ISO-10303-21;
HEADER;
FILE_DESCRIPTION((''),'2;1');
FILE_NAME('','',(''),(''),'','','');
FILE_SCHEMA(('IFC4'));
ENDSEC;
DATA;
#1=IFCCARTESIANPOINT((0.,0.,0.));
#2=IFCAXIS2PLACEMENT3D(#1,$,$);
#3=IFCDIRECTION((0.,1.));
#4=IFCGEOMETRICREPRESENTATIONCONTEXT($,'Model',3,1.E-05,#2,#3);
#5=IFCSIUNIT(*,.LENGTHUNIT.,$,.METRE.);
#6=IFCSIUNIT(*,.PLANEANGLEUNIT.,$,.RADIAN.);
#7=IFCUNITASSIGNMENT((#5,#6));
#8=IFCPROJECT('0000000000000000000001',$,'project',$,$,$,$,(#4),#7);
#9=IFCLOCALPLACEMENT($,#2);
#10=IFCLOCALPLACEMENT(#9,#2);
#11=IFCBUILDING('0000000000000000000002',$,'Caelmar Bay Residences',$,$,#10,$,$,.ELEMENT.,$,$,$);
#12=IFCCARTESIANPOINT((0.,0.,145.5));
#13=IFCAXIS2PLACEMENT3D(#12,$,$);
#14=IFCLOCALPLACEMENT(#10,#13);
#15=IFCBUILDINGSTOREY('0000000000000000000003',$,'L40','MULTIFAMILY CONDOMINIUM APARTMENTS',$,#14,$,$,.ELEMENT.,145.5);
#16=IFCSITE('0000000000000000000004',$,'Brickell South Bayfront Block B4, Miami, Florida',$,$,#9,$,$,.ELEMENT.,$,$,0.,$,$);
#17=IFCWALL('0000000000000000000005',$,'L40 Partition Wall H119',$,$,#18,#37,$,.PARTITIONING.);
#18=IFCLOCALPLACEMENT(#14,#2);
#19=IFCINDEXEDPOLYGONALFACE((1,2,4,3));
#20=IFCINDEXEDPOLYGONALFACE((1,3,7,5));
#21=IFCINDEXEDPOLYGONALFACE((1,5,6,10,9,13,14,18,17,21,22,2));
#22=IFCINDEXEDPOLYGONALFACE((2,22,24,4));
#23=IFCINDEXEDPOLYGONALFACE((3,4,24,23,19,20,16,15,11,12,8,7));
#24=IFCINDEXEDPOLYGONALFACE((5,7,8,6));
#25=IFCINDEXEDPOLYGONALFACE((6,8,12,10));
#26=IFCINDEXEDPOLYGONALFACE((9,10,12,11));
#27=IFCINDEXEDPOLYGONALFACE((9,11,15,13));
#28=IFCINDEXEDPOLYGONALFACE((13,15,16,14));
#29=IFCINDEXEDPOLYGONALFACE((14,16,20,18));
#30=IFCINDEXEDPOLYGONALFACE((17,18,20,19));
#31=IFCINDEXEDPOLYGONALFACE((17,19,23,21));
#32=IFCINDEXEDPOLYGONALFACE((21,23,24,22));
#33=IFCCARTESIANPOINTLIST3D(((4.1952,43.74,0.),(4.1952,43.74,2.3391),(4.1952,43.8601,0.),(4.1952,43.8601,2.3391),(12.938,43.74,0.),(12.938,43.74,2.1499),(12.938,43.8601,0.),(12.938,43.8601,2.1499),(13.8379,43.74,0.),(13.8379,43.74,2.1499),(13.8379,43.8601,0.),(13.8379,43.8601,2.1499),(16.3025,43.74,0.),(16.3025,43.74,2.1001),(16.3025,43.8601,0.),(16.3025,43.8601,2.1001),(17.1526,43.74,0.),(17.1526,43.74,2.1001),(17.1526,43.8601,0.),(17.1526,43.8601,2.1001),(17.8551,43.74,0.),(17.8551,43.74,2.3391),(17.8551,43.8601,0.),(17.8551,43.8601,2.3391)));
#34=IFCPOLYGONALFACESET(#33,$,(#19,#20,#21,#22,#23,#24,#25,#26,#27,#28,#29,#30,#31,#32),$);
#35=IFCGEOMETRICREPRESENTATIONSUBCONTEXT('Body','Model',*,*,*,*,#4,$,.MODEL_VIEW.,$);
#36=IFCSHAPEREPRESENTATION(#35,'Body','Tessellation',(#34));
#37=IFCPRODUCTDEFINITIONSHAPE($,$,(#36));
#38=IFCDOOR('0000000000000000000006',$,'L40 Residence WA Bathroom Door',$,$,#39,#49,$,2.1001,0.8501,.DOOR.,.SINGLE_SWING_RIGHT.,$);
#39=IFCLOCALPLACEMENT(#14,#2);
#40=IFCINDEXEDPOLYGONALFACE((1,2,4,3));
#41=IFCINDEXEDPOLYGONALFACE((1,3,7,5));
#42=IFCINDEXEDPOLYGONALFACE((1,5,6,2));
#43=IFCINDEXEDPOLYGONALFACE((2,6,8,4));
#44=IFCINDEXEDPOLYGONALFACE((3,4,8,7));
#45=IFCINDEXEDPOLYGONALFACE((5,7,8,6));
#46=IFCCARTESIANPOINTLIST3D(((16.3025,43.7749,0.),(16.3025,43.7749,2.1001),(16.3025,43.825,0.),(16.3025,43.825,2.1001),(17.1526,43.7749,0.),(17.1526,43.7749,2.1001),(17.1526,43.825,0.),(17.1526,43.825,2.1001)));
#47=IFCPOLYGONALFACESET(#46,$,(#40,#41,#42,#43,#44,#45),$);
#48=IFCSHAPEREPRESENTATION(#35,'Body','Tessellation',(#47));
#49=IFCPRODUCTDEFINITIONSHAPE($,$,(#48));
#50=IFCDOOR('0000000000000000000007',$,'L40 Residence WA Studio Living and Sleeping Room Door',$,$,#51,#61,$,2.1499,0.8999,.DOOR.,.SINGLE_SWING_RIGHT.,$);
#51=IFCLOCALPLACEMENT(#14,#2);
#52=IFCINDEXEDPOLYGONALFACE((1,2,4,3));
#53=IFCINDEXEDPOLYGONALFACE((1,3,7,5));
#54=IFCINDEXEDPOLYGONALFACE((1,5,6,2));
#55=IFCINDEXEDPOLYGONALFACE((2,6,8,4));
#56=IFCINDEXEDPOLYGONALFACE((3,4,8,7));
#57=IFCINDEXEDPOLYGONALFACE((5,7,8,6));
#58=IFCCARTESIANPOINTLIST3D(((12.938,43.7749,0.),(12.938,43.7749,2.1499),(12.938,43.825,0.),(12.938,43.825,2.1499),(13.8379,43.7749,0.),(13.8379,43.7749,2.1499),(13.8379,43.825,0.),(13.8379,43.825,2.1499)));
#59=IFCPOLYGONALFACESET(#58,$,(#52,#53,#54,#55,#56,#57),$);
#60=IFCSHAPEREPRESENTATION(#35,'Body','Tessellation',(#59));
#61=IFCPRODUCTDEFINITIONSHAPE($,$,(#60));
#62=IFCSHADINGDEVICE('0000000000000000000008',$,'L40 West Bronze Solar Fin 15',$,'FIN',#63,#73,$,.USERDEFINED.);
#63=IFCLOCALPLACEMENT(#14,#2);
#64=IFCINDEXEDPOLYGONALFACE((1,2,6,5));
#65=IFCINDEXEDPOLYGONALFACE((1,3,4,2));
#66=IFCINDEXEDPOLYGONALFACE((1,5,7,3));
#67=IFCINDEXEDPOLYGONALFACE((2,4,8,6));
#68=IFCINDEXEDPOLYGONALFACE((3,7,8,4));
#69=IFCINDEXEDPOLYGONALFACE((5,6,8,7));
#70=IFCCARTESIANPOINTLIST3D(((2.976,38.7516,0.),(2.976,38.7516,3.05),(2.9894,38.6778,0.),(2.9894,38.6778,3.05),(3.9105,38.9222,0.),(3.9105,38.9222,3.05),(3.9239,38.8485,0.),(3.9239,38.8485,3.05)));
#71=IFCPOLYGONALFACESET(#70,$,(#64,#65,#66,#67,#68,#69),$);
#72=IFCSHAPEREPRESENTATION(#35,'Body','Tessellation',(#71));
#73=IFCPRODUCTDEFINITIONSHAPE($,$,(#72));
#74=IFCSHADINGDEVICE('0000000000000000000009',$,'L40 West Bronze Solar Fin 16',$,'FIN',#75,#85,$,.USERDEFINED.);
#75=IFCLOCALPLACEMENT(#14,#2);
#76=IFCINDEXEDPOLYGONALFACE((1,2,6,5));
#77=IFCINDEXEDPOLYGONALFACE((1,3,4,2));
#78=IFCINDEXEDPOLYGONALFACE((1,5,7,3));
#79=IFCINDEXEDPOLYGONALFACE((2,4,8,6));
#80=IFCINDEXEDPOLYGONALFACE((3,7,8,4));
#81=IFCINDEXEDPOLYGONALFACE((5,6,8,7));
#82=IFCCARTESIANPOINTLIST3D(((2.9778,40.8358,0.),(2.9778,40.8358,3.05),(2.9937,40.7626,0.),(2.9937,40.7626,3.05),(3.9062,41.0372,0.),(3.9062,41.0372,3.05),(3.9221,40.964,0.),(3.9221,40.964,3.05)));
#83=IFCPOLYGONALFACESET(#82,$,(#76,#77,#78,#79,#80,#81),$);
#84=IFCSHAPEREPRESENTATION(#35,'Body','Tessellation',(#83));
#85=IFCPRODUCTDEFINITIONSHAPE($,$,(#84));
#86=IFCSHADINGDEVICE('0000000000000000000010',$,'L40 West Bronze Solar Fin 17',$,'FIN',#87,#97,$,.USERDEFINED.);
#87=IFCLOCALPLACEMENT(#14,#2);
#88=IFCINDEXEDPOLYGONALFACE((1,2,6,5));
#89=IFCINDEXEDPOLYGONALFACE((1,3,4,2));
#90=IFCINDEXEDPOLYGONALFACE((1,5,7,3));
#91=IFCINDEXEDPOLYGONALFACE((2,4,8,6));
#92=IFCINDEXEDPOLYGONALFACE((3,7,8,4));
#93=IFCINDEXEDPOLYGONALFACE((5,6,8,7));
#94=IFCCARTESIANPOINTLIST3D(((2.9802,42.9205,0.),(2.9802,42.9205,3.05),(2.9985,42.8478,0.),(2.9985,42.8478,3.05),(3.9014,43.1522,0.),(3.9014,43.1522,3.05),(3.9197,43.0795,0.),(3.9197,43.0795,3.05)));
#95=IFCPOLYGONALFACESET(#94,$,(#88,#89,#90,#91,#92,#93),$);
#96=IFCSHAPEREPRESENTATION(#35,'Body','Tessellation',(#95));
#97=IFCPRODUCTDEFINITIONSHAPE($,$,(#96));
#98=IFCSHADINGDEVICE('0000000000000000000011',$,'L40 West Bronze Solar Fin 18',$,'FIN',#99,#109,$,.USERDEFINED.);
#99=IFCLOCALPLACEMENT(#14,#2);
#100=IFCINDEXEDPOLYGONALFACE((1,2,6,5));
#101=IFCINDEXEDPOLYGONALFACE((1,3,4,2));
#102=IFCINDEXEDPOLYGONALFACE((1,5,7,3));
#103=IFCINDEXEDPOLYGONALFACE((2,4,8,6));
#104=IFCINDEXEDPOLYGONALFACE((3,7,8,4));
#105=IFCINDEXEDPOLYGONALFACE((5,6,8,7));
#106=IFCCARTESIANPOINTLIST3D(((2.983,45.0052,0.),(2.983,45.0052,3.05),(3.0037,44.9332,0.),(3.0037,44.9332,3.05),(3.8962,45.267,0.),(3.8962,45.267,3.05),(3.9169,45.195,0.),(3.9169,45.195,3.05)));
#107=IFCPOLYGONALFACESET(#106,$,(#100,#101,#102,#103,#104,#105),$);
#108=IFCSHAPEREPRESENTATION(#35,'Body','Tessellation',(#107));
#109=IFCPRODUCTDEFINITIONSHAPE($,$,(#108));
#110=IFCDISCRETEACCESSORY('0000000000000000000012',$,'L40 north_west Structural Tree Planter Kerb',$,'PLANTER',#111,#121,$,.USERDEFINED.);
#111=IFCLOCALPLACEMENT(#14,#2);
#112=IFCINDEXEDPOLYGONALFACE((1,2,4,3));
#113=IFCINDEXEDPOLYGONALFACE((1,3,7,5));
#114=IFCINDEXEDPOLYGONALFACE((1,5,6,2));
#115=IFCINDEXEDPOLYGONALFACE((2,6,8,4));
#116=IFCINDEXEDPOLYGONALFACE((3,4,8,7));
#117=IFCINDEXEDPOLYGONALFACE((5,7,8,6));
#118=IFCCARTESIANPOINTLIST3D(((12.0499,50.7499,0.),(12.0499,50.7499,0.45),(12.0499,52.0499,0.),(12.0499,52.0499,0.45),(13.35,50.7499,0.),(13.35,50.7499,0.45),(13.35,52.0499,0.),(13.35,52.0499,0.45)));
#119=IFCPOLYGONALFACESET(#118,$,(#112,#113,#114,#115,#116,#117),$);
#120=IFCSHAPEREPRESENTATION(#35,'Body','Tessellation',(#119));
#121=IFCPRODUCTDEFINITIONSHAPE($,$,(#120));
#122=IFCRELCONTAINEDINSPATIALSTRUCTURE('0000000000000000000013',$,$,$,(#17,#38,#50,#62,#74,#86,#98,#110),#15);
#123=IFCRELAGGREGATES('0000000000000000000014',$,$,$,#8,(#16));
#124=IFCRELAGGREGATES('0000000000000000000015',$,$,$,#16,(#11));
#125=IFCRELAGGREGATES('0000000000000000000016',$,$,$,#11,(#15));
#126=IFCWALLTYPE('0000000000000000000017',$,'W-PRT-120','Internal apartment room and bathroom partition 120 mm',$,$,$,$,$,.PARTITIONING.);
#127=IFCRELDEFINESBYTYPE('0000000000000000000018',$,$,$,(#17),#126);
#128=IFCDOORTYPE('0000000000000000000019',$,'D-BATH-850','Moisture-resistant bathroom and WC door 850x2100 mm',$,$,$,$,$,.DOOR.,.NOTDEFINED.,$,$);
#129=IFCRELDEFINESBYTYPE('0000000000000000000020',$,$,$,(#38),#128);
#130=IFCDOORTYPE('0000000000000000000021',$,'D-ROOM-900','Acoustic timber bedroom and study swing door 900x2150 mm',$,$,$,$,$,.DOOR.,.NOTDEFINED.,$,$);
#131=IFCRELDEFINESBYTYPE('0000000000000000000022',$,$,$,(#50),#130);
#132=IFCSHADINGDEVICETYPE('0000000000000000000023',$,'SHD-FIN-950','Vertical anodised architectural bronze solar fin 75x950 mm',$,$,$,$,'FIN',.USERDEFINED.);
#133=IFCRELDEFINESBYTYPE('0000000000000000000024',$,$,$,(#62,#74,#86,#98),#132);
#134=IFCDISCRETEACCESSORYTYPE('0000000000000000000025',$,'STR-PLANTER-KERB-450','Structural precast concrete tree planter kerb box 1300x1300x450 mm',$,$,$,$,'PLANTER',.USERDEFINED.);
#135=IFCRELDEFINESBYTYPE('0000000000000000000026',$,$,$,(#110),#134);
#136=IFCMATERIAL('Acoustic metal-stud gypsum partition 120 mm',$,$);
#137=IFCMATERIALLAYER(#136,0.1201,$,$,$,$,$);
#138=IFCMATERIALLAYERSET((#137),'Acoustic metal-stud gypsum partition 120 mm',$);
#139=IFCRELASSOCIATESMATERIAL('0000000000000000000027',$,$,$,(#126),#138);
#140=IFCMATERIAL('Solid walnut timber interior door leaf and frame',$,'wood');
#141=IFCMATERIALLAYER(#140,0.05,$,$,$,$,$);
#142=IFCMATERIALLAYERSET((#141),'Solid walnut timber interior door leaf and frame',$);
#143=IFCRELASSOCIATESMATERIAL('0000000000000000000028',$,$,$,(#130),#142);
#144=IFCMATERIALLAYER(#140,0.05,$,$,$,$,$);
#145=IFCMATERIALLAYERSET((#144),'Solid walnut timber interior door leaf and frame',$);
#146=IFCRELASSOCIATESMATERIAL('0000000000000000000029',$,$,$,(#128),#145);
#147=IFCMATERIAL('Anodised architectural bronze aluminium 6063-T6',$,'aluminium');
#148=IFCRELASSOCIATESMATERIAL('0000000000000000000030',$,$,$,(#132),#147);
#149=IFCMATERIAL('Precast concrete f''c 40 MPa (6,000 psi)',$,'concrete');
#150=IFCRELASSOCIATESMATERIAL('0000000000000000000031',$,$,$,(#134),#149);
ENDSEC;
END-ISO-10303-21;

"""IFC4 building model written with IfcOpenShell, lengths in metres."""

from ifc_helpers import new_model, si_unit, direction, frame, frame_2d, origin, origin_2d, place, context, subcontext, project, spatial, rectangle, extrude, material, layer, layer_set, material_profile, profile_set, type_object, element, fill, save


model = new_model("IFC4")

# Units and contexts
model_context = context("Model", 3, precision=1e-05, world=origin(), true_north=direction((0.0, 1.0)))
body_context = subcontext(model_context, "Body", "Model", "MODEL_VIEW")
ifc_project = project(units=[si_unit("LENGTHUNIT", "METRE"), si_unit("PLANEANGLEUNIT", "RADIAN")], contexts=[model_context])

# Site, building, storey
site_placement = place(None, origin())
site = spatial("IfcSite", under=ifc_project, at=site_placement, Name="Brickell South Bayfront Block B4, Miami, Florida", CompositionType="ELEMENT", RefElevation=0.0)
building_placement = place(site_placement, origin())
building = spatial("IfcBuilding", under=site, at=building_placement, Name="Caelmar Bay Residences", CompositionType="ELEMENT")
storey_placement = place(building_placement, frame((0.0, 0.0, 145.5)))
storey = spatial("IfcBuildingStorey", under=building, at=storey_placement, Name="L40", Description="MULTIFAMILY CONDOMINIUM APARTMENTS", CompositionType="ELEMENT", Elevation=145.5)

# Shared definitions
ifc_material_1 = material(Name="Precast concrete f'c 40 MPa (6,000 psi)", Category="concrete")

# Shared definitions
ifc_material_2 = material(Name="Acoustic metal-stud gypsum partition 120 mm")
ifc_layer_1 = layer(ifc_material_2, 0.1201)
ifc_layer_set_1 = layer_set([ifc_layer_1], Name="Acoustic metal-stud gypsum partition 120 mm")
wall_type_1 = type_object("IfcWallType", Name="W-PRT-120", Description="Internal apartment room and bathroom partition 120 mm", PredefinedType="PARTITIONING", material=ifc_layer_set_1)
ifc_material_3 = material(Name="Solid walnut timber interior door leaf and frame", Category="wood")
ifc_layer_2 = layer(ifc_material_3, 0.05)
ifc_layer_set_2 = layer_set([ifc_layer_2], Name="Solid walnut timber interior door leaf and frame")
door_type_1 = type_object("IfcDoorType", Name="D-ROOM-900", Description="Acoustic timber bedroom and study swing door 900x2150 mm", OperationType="NOTDEFINED", PredefinedType="DOOR", material=ifc_layer_set_2)

# Wall, openings, doors
wall_1_placement = place(storey_placement, frame((4.1951, 43.8, 0.0), z_axis=(0.0, 0.0, 1.0), x_axis=(1.0, 0.0, 0.0)))
wall_1 = element("IfcWall", 1, at=wall_1_placement, inside=storey, type_object=wall_type_1, Name="L40 Partition Wall H119", PredefinedType="PARTITIONING", context=body_context, shape_type="SweptSolid", body=[
    extrude(rectangle(XDim=13.6599, YDim=0.1201, at=frame_2d((6.8301, 0.0))), origin(), (0.0, 0.0, 1.0), 2.3391),
])
opening_1_placement = place(wall_1_placement, frame((8.7429, 0.0, 0.0)))
opening_1 = element("IfcOpeningElement", 2, at=opening_1_placement, cuts=wall_1, PredefinedType="OPENING", context=body_context, shape_type="SweptSolid", body=[
    extrude(rectangle(XDim=0.8999, YDim=2.1499, at=frame_2d((0.45, 1.075))), frame((0.0, 0.0701, 0.0), z_axis=(0.0, -1.0, 0.0), x_axis=(1.0, 0.0, 0.0)), (0.0, 0.0, 1.0), 0.1401),
])
opening_2_placement = place(wall_1_placement, frame((12.1074, 0.0, 0.0)))
opening_2 = element("IfcOpeningElement", 3, at=opening_2_placement, cuts=wall_1, PredefinedType="OPENING", context=body_context, shape_type="SweptSolid", body=[
    extrude(rectangle(XDim=0.8501, YDim=2.1001, at=frame_2d((0.425, 1.05))), frame((0.0, 0.0701, 0.0), z_axis=(0.0, -1.0, 0.0), x_axis=(1.0, 0.0, 0.0)), (0.0, 0.0, 1.0), 0.1401),
])
ifc_layer_3 = layer(ifc_material_3, 0.05)
ifc_layer_set_3 = layer_set([ifc_layer_3], Name="Solid walnut timber interior door leaf and frame")
door_type_2 = type_object("IfcDoorType", Name="D-BATH-850", Description="Moisture-resistant bathroom and WC door 850x2100 mm", OperationType="NOTDEFINED", PredefinedType="DOOR", material=ifc_layer_set_3)
door_1_placement = place(opening_2_placement, origin())
door_1 = element("IfcDoor", 4, at=door_1_placement, inside=storey, type_object=door_type_2, Name="L40 Residence WA Bathroom Door", OperationType="SINGLE_SWING_RIGHT", OverallHeight=2.1001, OverallWidth=0.8501, PredefinedType="DOOR", context=body_context, shape_type="SweptSolid", body=[
    extrude(rectangle(XDim=0.8501, YDim=2.1001, at=frame_2d((0.425, 1.05))), frame((0.0, 0.0249, 0.0), z_axis=(0.0, -1.0, 0.0), x_axis=(1.0, 0.0, 0.0)), (0.0, 0.0, 1.0), 0.05),
])
fill(opening_2, door_1)
door_2_placement = place(opening_1_placement, origin())
door_2 = element("IfcDoor", 5, at=door_2_placement, inside=storey, type_object=door_type_1, Name="L40 Residence WA Studio Living and Sleeping Room Door", OperationType="SINGLE_SWING_RIGHT", OverallHeight=2.1499, OverallWidth=0.8999, PredefinedType="DOOR", context=body_context, shape_type="SweptSolid", body=[
    extrude(rectangle(XDim=0.8999, YDim=2.1499, at=frame_2d((0.45, 1.075))), frame((0.0, 0.0249, 0.0), z_axis=(0.0, -1.0, 0.0), x_axis=(1.0, 0.0, 0.0)), (0.0, 0.0, 1.0), 0.05),
])
fill(opening_1, door_2)

# Shading devices
ifc_material_4 = material(Name="Anodised architectural bronze aluminium 6063-T6", Category="aluminium")
ifc_material_profile_1 = material_profile(ifc_material_4, rectangle(XDim=0.075, YDim=0.95, at=origin_2d()), Name="BRONZE-FIN-75X950")
ifc_profile_set_1 = profile_set([ifc_material_profile_1], Name="Anodised architectural bronze aluminium 6063-T6")
shading_device_type = type_object("IfcShadingDeviceType", Name="SHD-FIN-950", Description="Vertical anodised architectural bronze solar fin 75x950 mm", ElementType="FIN", PredefinedType="USERDEFINED", material=ifc_profile_set_1)
for number, where, z_axis, x_axis, name in (
    (6, (3.45, 38.8, 0.0), (0.0, 0.0, 1.0), (-0.179661, 0.983729, 0.0), "L40 West Bronze Solar Fin 15"),
    (7, (3.45, 40.8999, 0.0), (0.0, 0.0, 1.0), (-0.212007, 0.977268, 0.0), "L40 West Bronze Solar Fin 16"),
    (8, (3.45, 43.0, 0.0), (0.0, 0.0, 1.0), (-0.243954, 0.969787, 0.0), "L40 West Bronze Solar Fin 17"),
    (9, (3.45, 45.1001, 0.0), (0.0, 0.0, 1.0), (-0.275637, 0.961262, 0.0), "L40 West Bronze Solar Fin 18"),
):
    element("IfcShadingDevice", number, at=place(storey_placement, frame(where, z_axis=z_axis, x_axis=x_axis)), inside=storey, type_object=shading_device_type, Name=name, ObjectType="FIN", PredefinedType="USERDEFINED", context=body_context, shape_type="SweptSolid", body=[
        extrude(rectangle(XDim=0.075, YDim=0.95, at=origin_2d()), origin(), (0.0, 0.0, 1.0), 3.05),
    ])

# Discrete accessory
discrete_accessory_type = type_object("IfcDiscreteAccessoryType", Name="STR-PLANTER-KERB-450", Description="Structural precast concrete tree planter kerb box 1300x1300x450 mm", ElementType="PLANTER", PredefinedType="USERDEFINED", material=ifc_material_1)
discrete_accessory_placement = place(storey_placement, frame((12.7, 51.3999, 0.0), z_axis=(0.0, 0.0, 1.0), x_axis=(1.0, 0.0, 0.0)))
element("IfcDiscreteAccessory", 10, at=discrete_accessory_placement, inside=storey, type_object=discrete_accessory_type, Name="L40 north_west Structural Tree Planter Kerb", ObjectType="PLANTER", PredefinedType="USERDEFINED", context=body_context, shape_type="SweptSolid", body=[
    extrude(rectangle(XDim=1.3, YDim=1.3, at=origin_2d()), origin(), (0.0, 0.0, 1.0), 0.45),
])

save(model, "model.ifc")
